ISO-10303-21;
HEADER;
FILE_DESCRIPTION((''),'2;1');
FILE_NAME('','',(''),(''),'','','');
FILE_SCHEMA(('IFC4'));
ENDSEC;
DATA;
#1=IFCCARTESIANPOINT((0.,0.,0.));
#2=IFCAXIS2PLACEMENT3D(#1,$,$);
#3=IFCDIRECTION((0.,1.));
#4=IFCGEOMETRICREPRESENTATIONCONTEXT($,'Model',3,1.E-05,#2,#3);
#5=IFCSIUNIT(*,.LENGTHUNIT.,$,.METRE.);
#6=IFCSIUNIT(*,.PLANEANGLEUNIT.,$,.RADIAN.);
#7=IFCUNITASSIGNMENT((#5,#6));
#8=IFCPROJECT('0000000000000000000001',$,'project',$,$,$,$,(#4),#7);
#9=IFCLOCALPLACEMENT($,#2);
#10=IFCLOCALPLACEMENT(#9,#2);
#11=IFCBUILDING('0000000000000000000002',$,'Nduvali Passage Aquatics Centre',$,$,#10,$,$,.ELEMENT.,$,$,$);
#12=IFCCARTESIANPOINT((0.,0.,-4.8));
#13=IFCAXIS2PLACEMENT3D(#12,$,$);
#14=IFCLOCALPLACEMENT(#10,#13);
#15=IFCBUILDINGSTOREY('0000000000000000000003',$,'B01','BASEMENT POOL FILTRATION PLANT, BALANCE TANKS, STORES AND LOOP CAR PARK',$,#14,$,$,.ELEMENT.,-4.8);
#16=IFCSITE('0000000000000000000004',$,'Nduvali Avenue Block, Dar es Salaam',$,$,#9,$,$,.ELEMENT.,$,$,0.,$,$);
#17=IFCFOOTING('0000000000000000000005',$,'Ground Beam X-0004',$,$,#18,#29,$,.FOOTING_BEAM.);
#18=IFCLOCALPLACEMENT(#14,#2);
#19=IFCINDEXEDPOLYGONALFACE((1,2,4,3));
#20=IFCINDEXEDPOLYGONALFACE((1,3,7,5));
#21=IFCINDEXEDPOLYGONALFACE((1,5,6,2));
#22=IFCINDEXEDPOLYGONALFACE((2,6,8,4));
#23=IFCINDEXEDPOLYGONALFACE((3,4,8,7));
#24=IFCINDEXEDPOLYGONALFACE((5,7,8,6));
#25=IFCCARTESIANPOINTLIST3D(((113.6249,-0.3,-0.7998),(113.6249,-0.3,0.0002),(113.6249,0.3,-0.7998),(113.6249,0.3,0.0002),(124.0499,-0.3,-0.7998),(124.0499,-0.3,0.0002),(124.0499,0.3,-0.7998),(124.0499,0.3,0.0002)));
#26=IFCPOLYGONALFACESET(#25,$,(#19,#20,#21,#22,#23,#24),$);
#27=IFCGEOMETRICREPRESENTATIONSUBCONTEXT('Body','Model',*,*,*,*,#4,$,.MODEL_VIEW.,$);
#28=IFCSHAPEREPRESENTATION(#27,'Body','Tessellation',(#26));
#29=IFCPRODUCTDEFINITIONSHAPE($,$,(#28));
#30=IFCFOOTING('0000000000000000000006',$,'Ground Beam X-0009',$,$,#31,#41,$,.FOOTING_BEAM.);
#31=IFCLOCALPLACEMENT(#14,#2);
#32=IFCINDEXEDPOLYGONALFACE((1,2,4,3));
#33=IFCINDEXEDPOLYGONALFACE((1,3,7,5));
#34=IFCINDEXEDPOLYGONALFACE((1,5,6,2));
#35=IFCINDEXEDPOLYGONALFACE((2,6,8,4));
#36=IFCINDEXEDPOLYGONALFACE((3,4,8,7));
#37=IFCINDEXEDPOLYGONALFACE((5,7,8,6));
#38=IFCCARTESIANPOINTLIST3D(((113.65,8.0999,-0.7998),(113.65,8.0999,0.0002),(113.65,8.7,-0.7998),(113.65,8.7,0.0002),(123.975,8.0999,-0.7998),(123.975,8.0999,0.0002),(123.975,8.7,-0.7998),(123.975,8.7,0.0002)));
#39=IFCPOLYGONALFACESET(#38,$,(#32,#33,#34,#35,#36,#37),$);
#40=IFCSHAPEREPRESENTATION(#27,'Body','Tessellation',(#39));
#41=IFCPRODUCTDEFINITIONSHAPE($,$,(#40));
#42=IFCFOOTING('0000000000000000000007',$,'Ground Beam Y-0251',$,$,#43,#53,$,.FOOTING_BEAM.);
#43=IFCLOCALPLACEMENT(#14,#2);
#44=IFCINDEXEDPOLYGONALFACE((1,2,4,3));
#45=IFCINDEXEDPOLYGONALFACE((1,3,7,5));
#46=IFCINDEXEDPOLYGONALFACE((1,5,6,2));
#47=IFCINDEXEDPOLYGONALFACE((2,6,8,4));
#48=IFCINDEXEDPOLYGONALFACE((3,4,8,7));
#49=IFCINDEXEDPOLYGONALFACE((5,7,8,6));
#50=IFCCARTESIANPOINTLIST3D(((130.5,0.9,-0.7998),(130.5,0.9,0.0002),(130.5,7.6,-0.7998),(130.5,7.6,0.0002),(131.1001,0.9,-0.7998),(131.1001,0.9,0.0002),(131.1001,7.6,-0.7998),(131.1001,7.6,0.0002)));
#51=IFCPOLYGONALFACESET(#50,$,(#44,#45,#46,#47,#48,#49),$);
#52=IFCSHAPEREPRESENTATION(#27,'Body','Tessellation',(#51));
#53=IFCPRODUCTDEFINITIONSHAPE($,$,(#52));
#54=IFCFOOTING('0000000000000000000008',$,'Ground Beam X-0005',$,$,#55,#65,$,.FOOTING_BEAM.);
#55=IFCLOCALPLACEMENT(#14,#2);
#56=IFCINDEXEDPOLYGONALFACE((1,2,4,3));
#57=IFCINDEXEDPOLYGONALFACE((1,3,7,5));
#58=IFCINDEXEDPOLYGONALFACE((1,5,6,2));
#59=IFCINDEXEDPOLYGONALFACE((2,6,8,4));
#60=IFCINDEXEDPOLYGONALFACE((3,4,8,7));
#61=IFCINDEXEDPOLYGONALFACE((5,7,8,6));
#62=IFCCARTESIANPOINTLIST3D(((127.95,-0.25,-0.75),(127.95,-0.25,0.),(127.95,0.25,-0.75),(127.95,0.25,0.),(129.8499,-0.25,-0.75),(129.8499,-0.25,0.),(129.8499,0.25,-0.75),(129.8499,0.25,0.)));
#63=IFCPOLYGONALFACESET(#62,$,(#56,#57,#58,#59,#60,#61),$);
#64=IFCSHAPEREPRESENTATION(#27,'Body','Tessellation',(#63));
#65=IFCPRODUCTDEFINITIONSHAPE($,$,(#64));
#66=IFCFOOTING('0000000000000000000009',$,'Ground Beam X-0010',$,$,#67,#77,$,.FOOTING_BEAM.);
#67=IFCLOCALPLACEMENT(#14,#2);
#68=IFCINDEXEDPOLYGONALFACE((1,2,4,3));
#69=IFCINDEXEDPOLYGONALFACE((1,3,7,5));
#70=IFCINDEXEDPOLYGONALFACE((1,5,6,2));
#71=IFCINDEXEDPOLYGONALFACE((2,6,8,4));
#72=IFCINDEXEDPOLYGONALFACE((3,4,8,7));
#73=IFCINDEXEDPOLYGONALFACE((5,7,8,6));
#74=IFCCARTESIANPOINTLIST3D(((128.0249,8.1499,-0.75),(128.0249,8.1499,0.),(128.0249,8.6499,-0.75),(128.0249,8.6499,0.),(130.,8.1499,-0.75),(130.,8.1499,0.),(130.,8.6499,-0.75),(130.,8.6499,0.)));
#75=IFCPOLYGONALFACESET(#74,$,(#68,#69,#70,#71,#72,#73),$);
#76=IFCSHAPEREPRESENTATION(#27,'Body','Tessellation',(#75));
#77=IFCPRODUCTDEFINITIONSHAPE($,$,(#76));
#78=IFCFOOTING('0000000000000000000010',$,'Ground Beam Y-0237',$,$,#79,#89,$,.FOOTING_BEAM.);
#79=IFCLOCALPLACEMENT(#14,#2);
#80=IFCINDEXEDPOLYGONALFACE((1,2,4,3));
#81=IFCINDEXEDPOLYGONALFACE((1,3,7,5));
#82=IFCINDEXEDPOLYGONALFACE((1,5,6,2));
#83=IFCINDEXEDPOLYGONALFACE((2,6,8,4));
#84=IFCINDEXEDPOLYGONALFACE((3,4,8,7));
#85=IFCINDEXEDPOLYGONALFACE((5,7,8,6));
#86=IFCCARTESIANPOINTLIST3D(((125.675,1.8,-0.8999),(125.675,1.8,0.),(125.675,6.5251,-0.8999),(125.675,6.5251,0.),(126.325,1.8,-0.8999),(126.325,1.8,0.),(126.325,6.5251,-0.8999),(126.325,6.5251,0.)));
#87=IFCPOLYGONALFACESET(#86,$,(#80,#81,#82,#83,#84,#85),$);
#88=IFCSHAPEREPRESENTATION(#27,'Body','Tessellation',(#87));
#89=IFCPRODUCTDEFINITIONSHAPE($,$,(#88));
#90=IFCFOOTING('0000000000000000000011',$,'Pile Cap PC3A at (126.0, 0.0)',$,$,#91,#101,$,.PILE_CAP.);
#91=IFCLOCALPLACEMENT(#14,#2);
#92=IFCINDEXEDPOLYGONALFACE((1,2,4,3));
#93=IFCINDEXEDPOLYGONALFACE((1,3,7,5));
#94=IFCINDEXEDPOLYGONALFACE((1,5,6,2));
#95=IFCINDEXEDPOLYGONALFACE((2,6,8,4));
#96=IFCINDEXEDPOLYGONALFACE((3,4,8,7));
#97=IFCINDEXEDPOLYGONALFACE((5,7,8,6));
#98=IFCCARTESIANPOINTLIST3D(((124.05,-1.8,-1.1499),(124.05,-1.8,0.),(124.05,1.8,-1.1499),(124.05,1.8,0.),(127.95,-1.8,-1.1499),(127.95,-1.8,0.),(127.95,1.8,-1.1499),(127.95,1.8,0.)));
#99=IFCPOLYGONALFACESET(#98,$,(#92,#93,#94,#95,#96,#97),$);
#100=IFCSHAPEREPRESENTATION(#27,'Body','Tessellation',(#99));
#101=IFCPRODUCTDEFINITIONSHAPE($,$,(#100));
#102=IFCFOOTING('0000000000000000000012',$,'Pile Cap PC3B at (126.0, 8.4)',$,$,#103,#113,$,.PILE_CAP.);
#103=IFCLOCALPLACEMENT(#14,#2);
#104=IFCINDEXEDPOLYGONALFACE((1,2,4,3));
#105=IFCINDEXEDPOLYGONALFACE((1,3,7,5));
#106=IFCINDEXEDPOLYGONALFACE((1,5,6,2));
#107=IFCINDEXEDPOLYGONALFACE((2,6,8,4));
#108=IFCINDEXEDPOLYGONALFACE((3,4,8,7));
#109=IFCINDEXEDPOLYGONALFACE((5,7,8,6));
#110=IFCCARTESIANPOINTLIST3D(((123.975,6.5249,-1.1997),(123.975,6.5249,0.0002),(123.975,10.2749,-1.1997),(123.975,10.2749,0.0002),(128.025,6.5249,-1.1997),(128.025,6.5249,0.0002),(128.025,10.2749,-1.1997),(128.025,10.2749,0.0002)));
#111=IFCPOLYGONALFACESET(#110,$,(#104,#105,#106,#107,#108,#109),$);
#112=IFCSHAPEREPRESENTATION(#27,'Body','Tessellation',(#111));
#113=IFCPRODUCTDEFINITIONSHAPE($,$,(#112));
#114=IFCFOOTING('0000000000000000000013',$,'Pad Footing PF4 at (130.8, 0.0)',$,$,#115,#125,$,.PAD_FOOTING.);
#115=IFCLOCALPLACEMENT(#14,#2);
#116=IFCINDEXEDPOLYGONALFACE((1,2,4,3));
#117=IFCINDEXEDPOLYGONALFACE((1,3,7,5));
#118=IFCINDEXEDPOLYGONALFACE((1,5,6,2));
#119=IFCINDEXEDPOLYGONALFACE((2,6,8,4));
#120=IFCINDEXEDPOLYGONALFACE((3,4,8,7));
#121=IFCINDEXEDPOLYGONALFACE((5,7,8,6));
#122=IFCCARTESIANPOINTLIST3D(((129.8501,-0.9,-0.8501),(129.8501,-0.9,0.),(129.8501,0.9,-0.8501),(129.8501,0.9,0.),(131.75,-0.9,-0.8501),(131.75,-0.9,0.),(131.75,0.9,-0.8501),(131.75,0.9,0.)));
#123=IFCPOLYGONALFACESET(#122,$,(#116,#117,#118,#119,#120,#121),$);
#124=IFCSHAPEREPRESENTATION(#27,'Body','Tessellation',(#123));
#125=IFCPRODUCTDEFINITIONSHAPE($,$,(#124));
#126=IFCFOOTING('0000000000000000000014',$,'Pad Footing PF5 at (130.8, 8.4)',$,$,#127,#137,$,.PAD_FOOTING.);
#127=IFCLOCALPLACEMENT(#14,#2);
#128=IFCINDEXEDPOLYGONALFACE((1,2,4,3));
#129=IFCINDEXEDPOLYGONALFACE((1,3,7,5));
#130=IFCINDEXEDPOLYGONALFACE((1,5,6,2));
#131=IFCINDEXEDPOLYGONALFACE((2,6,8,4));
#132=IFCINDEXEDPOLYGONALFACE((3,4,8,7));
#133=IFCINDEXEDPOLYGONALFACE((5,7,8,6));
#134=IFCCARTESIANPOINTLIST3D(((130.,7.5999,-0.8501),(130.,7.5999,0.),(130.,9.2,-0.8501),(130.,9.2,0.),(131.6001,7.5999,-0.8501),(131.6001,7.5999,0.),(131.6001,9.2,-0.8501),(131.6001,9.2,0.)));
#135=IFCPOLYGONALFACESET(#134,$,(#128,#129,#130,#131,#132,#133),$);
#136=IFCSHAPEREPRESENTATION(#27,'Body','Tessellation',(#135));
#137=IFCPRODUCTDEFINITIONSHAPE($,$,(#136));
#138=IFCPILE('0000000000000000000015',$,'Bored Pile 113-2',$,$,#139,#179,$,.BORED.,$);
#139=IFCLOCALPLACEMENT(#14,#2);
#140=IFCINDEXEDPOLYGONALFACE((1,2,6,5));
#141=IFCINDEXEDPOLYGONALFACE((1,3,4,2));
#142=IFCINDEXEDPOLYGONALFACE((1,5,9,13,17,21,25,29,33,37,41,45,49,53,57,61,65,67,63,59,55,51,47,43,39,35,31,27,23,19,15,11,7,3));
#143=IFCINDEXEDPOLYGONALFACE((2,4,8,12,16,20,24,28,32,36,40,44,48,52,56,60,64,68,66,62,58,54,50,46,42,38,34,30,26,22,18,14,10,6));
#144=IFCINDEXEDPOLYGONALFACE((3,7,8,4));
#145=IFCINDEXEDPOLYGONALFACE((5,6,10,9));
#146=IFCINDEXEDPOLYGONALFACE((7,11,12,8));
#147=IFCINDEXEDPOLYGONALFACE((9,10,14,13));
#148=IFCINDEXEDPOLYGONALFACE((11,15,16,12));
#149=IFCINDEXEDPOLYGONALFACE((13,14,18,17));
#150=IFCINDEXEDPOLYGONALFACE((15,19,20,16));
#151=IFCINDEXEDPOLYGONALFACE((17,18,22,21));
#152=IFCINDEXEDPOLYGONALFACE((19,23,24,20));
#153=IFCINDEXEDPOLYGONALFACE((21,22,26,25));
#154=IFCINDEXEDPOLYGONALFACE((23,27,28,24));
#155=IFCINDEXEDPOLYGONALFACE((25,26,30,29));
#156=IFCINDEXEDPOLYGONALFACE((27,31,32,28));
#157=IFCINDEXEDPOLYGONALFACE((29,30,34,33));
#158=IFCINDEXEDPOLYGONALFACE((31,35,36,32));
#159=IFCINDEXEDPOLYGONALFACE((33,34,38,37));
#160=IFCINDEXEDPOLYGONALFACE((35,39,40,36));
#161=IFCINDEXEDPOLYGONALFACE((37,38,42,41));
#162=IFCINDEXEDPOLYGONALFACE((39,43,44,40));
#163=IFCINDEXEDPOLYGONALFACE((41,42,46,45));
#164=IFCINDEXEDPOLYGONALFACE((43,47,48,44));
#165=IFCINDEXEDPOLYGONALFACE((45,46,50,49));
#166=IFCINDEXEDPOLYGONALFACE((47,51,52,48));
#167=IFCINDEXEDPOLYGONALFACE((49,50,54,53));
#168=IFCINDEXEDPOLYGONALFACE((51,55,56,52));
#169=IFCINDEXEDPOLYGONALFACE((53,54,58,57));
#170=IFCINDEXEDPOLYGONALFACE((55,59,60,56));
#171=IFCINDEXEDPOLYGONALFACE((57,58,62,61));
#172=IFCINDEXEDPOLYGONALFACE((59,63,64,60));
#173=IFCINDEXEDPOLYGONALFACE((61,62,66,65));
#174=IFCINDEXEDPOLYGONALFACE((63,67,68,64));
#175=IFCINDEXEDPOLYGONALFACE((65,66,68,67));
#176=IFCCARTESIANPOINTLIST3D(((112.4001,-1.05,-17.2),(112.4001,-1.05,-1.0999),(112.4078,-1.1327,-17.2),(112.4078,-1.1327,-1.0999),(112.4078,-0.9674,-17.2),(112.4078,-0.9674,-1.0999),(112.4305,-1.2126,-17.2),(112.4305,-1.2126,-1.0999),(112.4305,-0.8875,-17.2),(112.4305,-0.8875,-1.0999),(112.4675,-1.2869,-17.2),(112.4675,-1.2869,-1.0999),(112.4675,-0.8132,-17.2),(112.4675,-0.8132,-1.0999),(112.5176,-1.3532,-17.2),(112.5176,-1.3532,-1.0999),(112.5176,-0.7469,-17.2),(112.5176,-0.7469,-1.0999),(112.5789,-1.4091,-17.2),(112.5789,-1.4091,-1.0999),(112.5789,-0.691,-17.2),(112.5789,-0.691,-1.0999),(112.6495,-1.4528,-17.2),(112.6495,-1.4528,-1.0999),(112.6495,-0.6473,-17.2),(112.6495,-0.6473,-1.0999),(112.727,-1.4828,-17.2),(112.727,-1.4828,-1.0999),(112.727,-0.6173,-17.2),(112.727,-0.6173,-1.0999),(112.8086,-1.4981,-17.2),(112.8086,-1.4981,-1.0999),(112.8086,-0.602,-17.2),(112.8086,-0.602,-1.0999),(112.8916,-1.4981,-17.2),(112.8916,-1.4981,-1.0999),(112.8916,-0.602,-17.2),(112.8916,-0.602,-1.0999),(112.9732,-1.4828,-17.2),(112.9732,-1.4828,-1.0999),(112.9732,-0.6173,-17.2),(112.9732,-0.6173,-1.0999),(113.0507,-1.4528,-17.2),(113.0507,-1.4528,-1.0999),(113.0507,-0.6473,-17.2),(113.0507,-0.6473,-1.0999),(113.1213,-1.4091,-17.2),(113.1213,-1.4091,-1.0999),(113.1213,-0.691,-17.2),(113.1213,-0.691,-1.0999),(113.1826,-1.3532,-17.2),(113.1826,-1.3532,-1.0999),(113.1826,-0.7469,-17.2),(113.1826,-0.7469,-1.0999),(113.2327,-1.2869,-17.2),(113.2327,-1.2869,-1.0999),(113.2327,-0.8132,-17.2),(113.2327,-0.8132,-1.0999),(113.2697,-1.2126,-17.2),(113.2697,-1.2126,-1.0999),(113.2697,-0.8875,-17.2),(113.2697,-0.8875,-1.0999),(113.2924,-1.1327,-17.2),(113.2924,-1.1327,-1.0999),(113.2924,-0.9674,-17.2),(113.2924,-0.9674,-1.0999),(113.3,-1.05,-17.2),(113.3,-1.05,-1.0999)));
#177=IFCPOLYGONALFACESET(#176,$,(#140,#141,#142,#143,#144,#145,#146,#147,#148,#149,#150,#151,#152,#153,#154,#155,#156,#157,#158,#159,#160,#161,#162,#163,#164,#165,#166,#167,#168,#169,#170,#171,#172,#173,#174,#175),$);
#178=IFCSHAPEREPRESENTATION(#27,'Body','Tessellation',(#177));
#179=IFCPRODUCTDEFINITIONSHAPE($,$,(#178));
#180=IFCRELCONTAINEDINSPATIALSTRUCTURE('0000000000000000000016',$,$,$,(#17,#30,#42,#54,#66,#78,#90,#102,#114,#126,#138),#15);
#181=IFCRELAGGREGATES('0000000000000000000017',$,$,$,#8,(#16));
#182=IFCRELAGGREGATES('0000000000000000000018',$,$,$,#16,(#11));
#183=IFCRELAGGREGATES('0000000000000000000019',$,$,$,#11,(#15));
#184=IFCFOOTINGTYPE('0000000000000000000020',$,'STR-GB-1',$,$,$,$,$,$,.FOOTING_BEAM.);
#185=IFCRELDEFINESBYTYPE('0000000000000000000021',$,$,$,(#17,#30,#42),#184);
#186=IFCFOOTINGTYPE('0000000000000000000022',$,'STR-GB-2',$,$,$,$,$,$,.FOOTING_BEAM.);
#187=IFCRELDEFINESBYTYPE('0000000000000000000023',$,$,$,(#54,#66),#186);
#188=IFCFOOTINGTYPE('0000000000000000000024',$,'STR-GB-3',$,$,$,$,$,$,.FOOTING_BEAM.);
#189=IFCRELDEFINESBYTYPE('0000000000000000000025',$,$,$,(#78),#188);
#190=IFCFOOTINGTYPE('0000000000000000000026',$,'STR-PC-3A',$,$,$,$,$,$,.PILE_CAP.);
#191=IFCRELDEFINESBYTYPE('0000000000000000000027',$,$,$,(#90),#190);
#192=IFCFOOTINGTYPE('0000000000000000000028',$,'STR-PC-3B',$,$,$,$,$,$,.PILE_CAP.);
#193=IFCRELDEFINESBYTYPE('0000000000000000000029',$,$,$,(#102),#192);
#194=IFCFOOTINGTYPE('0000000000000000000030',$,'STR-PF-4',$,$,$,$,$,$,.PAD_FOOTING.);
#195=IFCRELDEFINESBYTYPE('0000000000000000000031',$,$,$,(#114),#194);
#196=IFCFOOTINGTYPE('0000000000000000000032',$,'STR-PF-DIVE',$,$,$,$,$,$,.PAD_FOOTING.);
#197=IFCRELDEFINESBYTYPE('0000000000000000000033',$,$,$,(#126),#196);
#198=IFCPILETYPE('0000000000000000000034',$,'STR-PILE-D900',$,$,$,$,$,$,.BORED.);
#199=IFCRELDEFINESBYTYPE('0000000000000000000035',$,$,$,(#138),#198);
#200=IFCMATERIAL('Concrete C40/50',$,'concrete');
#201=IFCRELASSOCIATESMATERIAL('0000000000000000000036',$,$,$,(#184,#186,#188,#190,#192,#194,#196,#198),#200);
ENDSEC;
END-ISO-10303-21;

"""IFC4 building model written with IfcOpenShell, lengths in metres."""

from ifc_helpers import new_model, si_unit, direction, frame, origin, origin_2d, place, context, subcontext, project, spatial, rectangle, circle, extrude, material, material_profile, profile_set, type_object, element, save


model = new_model("IFC4")

# Units and contexts
model_context = context("Model", 3, precision=1e-05, world=origin(), true_north=direction((0.0, 1.0)))
body_context = subcontext(model_context, "Body", "Model", "MODEL_VIEW")
ifc_project = project(units=[si_unit("LENGTHUNIT", "METRE"), si_unit("PLANEANGLEUNIT", "RADIAN")], contexts=[model_context])

# Site, building, storey
site_placement = place(None, origin())
site = spatial("IfcSite", under=ifc_project, at=site_placement, Name="Nduvali Avenue Block, Dar es Salaam", CompositionType="ELEMENT", RefElevation=0.0)
building_placement = place(site_placement, origin())
building = spatial("IfcBuilding", under=site, at=building_placement, Name="Nduvali Passage Aquatics Centre", CompositionType="ELEMENT")
storey_placement = place(building_placement, frame((0.0, 0.0, -4.8)))
storey = spatial("IfcBuildingStorey", under=building, at=storey_placement, Name="B01", Description="BASEMENT POOL FILTRATION PLANT, BALANCE TANKS, STORES AND LOOP CAR PARK", CompositionType="ELEMENT", Elevation=-4.8)

# Footings
ifc_material = material(Name="Concrete C40/50", Category="concrete")
footing_type_1 = type_object("IfcFootingType", Name="STR-GB-1", PredefinedType="FOOTING_BEAM", material=ifc_material)
footing_1_placement = place(storey_placement, frame((118.8374, 0.0, -0.7998), z_axis=(0.0, 0.0, 1.0), x_axis=(1.0, 0.0, 0.0)))
element("IfcFooting", 1, at=footing_1_placement, inside=storey, type_object=footing_type_1, Name="Ground Beam X-0004", PredefinedType="FOOTING_BEAM", context=body_context, shape_type="SweptSolid", body=[
    extrude(rectangle(XDim=10.425, YDim=0.6001, at=origin_2d()), origin(), (0.0, 0.0, 1.0), 0.8),
])
footing_2_placement = place(storey_placement, frame((118.8125, 8.3999, -0.7998), z_axis=(0.0, 0.0, 1.0), x_axis=(1.0, 0.0, 0.0)))
element("IfcFooting", 2, at=footing_2_placement, inside=storey, type_object=footing_type_1, Name="Ground Beam X-0009", PredefinedType="FOOTING_BEAM", context=body_context, shape_type="SweptSolid", body=[
    extrude(rectangle(XDim=10.325, YDim=0.6001, at=origin_2d()), origin(), (0.0, 0.0, 1.0), 0.8),
])
footing_3_placement = place(storey_placement, frame((130.8, 4.25, -0.7998), z_axis=(0.0, 0.0, 1.0), x_axis=(0.0, 1.0, 0.0)))
element("IfcFooting", 3, at=footing_3_placement, inside=storey, type_object=footing_type_1, Name="Ground Beam Y-0251", PredefinedType="FOOTING_BEAM", context=body_context, shape_type="SweptSolid", body=[
    extrude(rectangle(XDim=6.7, YDim=0.6001, at=origin_2d()), origin(), (0.0, 0.0, 1.0), 0.8),
])
footing_type_2 = type_object("IfcFootingType", Name="STR-GB-2", PredefinedType="FOOTING_BEAM", material=ifc_material)
footing_4_placement = place(storey_placement, frame((128.8999, 0.0, -0.75), z_axis=(0.0, 0.0, 1.0), x_axis=(1.0, 0.0, 0.0)))
element("IfcFooting", 4, at=footing_4_placement, inside=storey, type_object=footing_type_2, Name="Ground Beam X-0005", PredefinedType="FOOTING_BEAM", context=body_context, shape_type="SweptSolid", body=[
    extrude(rectangle(XDim=1.8999, YDim=0.5, at=origin_2d()), origin(), (0.0, 0.0, 1.0), 0.75),
])
footing_5_placement = place(storey_placement, frame((129.0125, 8.3999, -0.75), z_axis=(0.0, 0.0, 1.0), x_axis=(1.0, 0.0, 0.0)))
element("IfcFooting", 5, at=footing_5_placement, inside=storey, type_object=footing_type_2, Name="Ground Beam X-0010", PredefinedType="FOOTING_BEAM", context=body_context, shape_type="SweptSolid", body=[
    extrude(rectangle(XDim=1.9751, YDim=0.5, at=origin_2d()), origin(), (0.0, 0.0, 1.0), 0.75),
])
footing_type_3 = type_object("IfcFootingType", Name="STR-GB-3", PredefinedType="FOOTING_BEAM", material=ifc_material)
footing_6_placement = place(storey_placement, frame((126.0, 4.1626, -0.8999), z_axis=(0.0, 0.0, 1.0), x_axis=(0.0, 1.0, 0.0)))
element("IfcFooting", 6, at=footing_6_placement, inside=storey, type_object=footing_type_3, Name="Ground Beam Y-0237", PredefinedType="FOOTING_BEAM", context=body_context, shape_type="SweptSolid", body=[
    extrude(rectangle(XDim=4.7251, YDim=0.6499, at=origin_2d()), origin(), (0.0, 0.0, 1.0), 0.8999),
])
footing_type_4 = type_object("IfcFootingType", Name="STR-PC-3A", PredefinedType="PILE_CAP", material=ifc_material)
footing_7_placement = place(storey_placement, frame((126.0, 0.0, -1.1499), z_axis=(0.0, 0.0, 1.0), x_axis=(1.0, 0.0, 0.0)))
element("IfcFooting", 7, at=footing_7_placement, inside=storey, type_object=footing_type_4, Name="Pile Cap PC3A at (126.0, 0.0)", PredefinedType="PILE_CAP", context=body_context, shape_type="SweptSolid", body=[
    extrude(rectangle(XDim=3.8999, YDim=3.6001, at=origin_2d()), origin(), (0.0, 0.0, 1.0), 1.1499),
])
footing_type_5 = type_object("IfcFootingType", Name="STR-PC-3B", PredefinedType="PILE_CAP", material=ifc_material)
footing_8_placement = place(storey_placement, frame((126.0, 8.3999, -1.1997), z_axis=(0.0, 0.0, 1.0), x_axis=(1.0, 0.0, 0.0)))
element("IfcFooting", 8, at=footing_8_placement, inside=storey, type_object=footing_type_5, Name="Pile Cap PC3B at (126.0, 8.4)", PredefinedType="PILE_CAP", context=body_context, shape_type="SweptSolid", body=[
    extrude(rectangle(XDim=4.05, YDim=3.75, at=origin_2d()), origin(), (0.0, 0.0, 1.0), 1.2),
])
footing_type_6 = type_object("IfcFootingType", Name="STR-PF-4", PredefinedType="PAD_FOOTING", material=ifc_material)
footing_9_placement = place(storey_placement, frame((130.8, 0.0, -0.8501), z_axis=(0.0, 0.0, 1.0), x_axis=(1.0, 0.0, 0.0)))
element("IfcFooting", 9, at=footing_9_placement, inside=storey, type_object=footing_type_6, Name="Pad Footing PF4 at (130.8, 0.0)", PredefinedType="PAD_FOOTING", context=body_context, shape_type="SweptSolid", body=[
    extrude(rectangle(XDim=1.8999, YDim=1.8, at=origin_2d()), origin(), (0.0, 0.0, 1.0), 0.8501),
])
footing_type_7 = type_object("IfcFootingType", Name="STR-PF-DIVE", PredefinedType="PAD_FOOTING", material=ifc_material)
footing_10_placement = place(storey_placement, frame((130.8, 8.3999, -0.8501), z_axis=(0.0, 0.0, 1.0), x_axis=(1.0, 0.0, 0.0)))
element("IfcFooting", 10, at=footing_10_placement, inside=storey, type_object=footing_type_7, Name="Pad Footing PF5 at (130.8, 8.4)", PredefinedType="PAD_FOOTING", context=body_context, shape_type="SweptSolid", body=[
    extrude(rectangle(XDim=1.6001, YDim=1.6001, at=origin_2d()), origin(), (0.0, 0.0, 1.0), 0.8501),
])

# Pile
ifc_material_profile_1 = material_profile(ifc_material, circle(Radius=0.45, at=origin_2d()), Name="PILE D900")
ifc_profile_set_1 = profile_set([ifc_material_profile_1], Name="Concrete C40/50")
pile_type = type_object("IfcPileType", Name="STR-PILE-D900", PredefinedType="BORED", material=ifc_profile_set_1)
pile_placement = place(storey_placement, frame((112.8501, -1.05, -1.0999), z_axis=(0.0, 0.0, -1.0), x_axis=(1.0, 0.0, 0.0)))
element("IfcPile", 11, at=pile_placement, inside=storey, type_object=pile_type, Name="Bored Pile 113-2", PredefinedType="BORED", context=body_context, shape_type="SweptSolid", body=[
    extrude(circle(Radius=0.45, at=origin_2d()), origin(), (0.0, 0.0, 1.0), 16.1001),
])

save(model, "model.ifc")
